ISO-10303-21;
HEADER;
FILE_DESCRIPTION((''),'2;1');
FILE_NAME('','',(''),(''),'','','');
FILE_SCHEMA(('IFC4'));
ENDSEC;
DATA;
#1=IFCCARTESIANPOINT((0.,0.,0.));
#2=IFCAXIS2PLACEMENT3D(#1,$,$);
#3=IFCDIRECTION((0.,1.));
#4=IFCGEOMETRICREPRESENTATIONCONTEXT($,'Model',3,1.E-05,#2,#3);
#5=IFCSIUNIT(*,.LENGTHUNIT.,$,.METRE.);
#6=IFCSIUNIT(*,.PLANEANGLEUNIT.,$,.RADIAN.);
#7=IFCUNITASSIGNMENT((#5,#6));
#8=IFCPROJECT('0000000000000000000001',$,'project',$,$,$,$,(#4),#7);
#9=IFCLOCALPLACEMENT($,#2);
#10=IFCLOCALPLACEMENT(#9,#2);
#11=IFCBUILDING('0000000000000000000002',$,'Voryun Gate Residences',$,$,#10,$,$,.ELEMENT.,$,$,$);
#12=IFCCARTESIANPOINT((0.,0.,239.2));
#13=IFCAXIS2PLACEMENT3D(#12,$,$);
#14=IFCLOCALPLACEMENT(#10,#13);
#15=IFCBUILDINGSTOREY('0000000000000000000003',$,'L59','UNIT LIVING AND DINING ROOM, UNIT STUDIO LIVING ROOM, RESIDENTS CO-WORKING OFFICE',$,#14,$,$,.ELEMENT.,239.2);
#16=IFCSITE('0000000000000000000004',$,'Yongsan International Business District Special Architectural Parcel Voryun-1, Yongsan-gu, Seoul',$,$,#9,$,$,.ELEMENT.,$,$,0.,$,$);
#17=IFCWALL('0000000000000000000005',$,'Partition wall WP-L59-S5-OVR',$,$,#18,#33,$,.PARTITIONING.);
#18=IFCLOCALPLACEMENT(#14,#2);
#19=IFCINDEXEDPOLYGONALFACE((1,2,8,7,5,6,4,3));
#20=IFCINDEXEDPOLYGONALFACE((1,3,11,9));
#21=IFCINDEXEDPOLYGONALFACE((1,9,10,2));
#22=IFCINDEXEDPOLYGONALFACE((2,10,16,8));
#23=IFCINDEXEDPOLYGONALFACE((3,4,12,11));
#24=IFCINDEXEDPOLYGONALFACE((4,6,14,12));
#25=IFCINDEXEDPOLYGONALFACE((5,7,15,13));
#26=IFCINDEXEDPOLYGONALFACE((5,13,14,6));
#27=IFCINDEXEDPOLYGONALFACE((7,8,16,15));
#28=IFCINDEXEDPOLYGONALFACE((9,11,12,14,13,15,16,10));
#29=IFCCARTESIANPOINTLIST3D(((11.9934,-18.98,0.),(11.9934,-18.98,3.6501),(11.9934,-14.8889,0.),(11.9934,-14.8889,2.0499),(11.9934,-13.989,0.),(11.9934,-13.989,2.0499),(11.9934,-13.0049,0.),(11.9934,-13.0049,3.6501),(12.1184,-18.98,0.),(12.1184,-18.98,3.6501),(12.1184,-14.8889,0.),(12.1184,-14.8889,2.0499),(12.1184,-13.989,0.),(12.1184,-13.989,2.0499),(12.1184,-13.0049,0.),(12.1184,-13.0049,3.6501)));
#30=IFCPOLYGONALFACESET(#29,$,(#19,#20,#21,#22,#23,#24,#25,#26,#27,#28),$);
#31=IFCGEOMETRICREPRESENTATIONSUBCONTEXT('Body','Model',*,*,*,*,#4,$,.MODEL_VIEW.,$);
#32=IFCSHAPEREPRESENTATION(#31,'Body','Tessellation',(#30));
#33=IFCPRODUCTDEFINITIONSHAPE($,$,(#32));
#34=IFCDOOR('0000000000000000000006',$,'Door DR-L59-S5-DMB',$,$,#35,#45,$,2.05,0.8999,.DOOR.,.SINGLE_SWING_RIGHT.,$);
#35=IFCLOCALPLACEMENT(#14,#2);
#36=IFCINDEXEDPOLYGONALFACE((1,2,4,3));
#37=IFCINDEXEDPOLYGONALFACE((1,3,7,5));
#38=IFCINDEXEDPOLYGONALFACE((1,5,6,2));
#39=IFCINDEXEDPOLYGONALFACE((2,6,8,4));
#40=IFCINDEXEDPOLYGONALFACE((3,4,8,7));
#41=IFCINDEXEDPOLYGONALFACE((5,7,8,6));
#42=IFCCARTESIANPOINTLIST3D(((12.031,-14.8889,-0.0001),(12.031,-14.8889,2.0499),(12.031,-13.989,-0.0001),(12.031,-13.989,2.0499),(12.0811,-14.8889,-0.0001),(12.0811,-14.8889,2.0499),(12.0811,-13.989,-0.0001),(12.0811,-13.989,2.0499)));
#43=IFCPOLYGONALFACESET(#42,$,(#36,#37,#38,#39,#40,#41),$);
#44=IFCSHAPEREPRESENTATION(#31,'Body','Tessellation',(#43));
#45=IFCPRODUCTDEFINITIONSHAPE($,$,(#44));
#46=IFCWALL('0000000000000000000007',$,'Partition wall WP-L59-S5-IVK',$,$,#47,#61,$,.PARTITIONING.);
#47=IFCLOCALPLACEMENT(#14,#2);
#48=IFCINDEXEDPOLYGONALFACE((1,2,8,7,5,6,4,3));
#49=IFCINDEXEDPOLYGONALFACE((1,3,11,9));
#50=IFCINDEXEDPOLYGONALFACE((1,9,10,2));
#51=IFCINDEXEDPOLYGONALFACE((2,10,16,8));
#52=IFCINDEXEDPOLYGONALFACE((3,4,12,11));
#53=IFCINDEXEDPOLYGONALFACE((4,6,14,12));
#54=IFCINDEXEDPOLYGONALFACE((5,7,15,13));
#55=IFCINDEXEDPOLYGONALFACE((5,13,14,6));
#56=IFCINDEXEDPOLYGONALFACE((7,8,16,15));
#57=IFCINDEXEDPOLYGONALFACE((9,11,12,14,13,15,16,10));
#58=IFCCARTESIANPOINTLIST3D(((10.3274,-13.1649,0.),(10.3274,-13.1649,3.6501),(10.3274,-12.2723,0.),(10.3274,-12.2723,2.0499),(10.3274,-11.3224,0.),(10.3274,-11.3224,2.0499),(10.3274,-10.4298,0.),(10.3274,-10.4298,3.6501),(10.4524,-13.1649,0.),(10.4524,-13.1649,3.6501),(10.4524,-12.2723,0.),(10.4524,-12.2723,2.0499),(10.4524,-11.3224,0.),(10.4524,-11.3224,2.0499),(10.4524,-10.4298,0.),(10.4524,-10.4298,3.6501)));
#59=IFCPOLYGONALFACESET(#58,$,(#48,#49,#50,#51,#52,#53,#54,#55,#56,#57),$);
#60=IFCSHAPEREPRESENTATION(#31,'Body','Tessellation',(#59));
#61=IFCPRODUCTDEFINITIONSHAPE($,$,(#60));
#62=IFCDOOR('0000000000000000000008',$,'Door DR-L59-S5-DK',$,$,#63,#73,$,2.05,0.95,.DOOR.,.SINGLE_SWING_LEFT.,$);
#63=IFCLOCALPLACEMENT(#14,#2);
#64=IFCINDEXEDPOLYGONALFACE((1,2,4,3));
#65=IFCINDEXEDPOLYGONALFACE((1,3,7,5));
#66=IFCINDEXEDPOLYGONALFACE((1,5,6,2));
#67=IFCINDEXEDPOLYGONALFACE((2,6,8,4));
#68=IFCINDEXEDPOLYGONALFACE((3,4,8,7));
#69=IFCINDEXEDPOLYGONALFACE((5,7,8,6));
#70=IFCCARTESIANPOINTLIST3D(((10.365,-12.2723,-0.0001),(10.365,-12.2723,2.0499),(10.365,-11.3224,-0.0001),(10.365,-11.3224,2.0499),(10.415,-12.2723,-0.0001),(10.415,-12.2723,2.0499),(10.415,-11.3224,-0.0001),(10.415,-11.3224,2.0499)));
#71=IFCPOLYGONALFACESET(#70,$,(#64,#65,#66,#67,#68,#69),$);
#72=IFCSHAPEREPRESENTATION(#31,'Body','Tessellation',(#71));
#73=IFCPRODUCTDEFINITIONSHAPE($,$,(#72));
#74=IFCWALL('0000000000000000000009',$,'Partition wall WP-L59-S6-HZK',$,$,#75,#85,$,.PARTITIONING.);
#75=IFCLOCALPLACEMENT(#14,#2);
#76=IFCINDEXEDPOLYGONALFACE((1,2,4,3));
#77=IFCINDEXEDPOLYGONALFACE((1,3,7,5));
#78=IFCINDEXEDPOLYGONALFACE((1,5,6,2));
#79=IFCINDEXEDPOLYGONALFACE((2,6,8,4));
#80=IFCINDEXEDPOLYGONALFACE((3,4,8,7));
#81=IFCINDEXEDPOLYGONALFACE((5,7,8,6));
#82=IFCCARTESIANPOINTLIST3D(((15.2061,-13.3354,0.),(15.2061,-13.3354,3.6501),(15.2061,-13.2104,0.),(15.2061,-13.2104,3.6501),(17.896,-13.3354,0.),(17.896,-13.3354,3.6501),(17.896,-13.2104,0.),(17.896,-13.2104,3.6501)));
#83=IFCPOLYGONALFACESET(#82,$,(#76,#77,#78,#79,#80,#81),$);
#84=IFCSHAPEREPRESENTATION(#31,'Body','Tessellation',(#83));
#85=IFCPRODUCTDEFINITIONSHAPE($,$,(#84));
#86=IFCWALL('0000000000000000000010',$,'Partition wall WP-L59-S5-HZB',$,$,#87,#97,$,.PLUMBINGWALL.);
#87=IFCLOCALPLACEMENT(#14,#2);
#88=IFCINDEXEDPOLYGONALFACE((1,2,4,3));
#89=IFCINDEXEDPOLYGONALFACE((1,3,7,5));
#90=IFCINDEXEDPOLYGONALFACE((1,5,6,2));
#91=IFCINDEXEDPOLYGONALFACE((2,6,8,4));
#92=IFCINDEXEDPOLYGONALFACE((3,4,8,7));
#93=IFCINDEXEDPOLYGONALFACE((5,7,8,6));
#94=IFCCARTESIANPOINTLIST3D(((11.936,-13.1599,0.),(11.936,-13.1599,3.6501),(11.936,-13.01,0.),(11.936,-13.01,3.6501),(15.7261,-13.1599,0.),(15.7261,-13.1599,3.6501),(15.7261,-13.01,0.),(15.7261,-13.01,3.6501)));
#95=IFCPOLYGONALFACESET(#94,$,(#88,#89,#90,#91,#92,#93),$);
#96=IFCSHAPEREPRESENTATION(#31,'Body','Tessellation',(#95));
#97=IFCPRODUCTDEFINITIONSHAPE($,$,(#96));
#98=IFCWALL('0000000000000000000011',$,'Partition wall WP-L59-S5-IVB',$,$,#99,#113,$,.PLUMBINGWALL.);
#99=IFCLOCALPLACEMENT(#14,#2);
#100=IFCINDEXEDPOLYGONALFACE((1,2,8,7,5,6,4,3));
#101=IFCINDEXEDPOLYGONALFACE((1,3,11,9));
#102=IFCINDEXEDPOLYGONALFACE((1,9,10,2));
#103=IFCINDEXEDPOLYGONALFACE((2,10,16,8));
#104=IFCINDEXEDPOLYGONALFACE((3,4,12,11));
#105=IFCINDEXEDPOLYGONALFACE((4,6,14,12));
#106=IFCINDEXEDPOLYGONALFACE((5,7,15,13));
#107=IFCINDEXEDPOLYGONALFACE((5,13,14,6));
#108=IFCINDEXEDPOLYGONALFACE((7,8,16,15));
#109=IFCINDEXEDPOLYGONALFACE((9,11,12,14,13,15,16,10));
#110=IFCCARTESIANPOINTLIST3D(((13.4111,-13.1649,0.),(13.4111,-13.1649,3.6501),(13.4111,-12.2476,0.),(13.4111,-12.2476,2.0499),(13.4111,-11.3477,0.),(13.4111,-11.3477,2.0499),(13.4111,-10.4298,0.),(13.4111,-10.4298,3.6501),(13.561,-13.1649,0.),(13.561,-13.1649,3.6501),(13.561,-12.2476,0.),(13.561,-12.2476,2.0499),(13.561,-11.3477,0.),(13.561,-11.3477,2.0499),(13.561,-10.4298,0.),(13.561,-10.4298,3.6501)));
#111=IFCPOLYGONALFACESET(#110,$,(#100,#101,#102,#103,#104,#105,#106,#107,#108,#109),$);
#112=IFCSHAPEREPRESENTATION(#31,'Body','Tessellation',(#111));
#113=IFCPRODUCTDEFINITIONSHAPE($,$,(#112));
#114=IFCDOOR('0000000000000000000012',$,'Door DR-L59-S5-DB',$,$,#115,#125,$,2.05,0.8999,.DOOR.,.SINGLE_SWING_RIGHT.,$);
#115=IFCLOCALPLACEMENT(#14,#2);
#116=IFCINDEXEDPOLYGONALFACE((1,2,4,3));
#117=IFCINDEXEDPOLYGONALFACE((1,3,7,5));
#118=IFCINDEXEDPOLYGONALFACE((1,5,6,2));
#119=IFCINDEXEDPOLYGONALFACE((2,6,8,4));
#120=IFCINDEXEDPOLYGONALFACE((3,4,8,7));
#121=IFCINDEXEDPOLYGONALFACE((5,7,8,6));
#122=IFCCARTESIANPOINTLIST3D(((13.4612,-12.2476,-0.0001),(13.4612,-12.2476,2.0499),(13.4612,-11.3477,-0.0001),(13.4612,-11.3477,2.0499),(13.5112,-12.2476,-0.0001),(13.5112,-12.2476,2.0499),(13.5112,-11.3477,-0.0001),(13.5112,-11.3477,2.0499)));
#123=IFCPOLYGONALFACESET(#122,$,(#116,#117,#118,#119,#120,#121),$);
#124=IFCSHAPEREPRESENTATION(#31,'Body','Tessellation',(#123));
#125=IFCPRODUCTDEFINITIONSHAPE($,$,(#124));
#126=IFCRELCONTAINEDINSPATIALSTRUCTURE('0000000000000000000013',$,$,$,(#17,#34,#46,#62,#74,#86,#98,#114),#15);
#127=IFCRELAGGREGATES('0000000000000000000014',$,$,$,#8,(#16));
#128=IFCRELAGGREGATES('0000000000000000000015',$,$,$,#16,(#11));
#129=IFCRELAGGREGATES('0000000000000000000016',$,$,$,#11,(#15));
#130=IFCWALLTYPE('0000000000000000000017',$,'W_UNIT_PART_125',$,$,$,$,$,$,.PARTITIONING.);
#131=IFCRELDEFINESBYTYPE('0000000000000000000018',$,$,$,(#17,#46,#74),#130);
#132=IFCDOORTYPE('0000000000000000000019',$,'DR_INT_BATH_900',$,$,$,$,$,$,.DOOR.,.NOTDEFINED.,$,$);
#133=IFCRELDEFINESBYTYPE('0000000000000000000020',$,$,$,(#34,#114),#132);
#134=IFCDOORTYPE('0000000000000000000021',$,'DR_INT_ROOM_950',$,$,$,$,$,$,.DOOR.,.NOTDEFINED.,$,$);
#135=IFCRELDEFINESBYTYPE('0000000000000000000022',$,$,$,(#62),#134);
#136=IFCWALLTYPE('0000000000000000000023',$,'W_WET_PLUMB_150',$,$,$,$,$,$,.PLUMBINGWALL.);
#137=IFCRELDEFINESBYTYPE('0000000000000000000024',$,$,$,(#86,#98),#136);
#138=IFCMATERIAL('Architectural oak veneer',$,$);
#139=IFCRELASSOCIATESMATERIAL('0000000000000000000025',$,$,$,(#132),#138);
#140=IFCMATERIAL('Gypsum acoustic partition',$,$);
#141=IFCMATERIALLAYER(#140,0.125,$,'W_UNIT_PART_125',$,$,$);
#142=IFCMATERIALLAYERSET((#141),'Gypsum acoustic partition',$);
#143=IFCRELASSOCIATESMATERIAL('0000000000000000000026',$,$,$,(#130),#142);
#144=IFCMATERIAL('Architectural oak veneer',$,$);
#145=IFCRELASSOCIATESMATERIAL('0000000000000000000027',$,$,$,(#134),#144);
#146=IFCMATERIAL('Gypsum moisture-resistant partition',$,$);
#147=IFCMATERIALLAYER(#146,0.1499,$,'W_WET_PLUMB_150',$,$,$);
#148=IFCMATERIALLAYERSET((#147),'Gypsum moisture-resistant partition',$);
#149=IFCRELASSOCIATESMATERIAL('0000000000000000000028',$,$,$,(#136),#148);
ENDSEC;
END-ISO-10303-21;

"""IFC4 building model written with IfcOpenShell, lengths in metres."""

from ifc_helpers import new_model, si_unit, direction, frame, frame_2d, origin, place, context, subcontext, project, spatial, rectangle, extrude, material, layer, layer_set, type_object, element, fill, save


model = new_model("IFC4")

# Units and contexts
model_context = context("Model", 3, precision=1e-05, world=origin(), true_north=direction((0.0, 1.0)))
body_context = subcontext(model_context, "Body", "Model", "MODEL_VIEW")
ifc_project = project(units=[si_unit("LENGTHUNIT", "METRE"), si_unit("PLANEANGLEUNIT", "RADIAN")], contexts=[model_context])

# Site, building, storey
site_placement = place(None, origin())
site = spatial("IfcSite", under=ifc_project, at=site_placement, Name="Yongsan International Business District Special Architectural Parcel Voryun-1, Yongsan-gu, Seoul", CompositionType="ELEMENT", RefElevation=0.0)
building_placement = place(site_placement, origin())
building = spatial("IfcBuilding", under=site, at=building_placement, Name="Voryun Gate Residences", CompositionType="ELEMENT")
storey_placement = place(building_placement, frame((0.0, 0.0, 239.2)))
storey = spatial("IfcBuildingStorey", under=building, at=storey_placement, Name="L59", Description="UNIT LIVING AND DINING ROOM, UNIT STUDIO LIVING ROOM, RESIDENTS CO-WORKING OFFICE", CompositionType="ELEMENT", Elevation=239.2)

# Shared definitions
ifc_material_1 = material(Name="Architectural oak veneer")
door_type_1 = type_object("IfcDoorType", Name="DR_INT_BATH_900", OperationType="NOTDEFINED", PredefinedType="DOOR", material=ifc_material_1)

# Walls, openings, doors
ifc_material_2 = material(Name="Gypsum acoustic partition")
ifc_layer_1 = layer(ifc_material_2, 0.125, Name="W_UNIT_PART_125")
ifc_layer_set_1 = layer_set([ifc_layer_1], Name="Gypsum acoustic partition")
wall_type_1 = type_object("IfcWallType", Name="W_UNIT_PART_125", PredefinedType="PARTITIONING", material=ifc_layer_set_1)
wall_1_placement = place(storey_placement, frame((12.0559, -18.98, 0.0), z_axis=(0.0, 0.0, 1.0), x_axis=(0.0, 1.0, 0.0)))
wall_1 = element("IfcWall", 1, at=wall_1_placement, inside=storey, type_object=wall_type_1, Name="Partition wall WP-L59-S5-OVR", PredefinedType="PARTITIONING", context=body_context, shape_type="SweptSolid", body=[
    extrude(rectangle(XDim=5.9751, YDim=0.125, at=frame_2d((2.9875, 0.0))), origin(), (0.0, 0.0, 1.0), 3.6501),
])
opening_1_placement = place(wall_1_placement, frame((4.0911, 0.0, 0.0)))
opening_1 = element("IfcOpeningElement", 2, at=opening_1_placement, cuts=wall_1, PredefinedType="OPENING", context=body_context, shape_type="SweptSolid", body=[
    extrude(rectangle(XDim=0.8999, YDim=2.05, at=frame_2d((0.45, 1.0249))), frame((0.0, 0.0725, 0.0), z_axis=(0.0, -1.0, 0.0), x_axis=(1.0, 0.0, 0.0)), (0.0, 0.0, 1.0), 0.145),
])
door_1_placement = place(opening_1_placement, origin())
door_1 = element("IfcDoor", 3, at=door_1_placement, inside=storey, type_object=door_type_1, Name="Door DR-L59-S5-DMB", OperationType="SINGLE_SWING_RIGHT", OverallHeight=2.05, OverallWidth=0.8999, PredefinedType="DOOR", context=body_context, shape_type="SweptSolid", body=[
    extrude(rectangle(XDim=0.8999, YDim=2.05, at=frame_2d((0.45, 1.0249))), frame((0.0, 0.0249, 0.0), z_axis=(0.0, -1.0, 0.0), x_axis=(1.0, 0.0, 0.0)), (0.0, 0.0, 1.0), 0.05),
])
fill(opening_1, door_1)
wall_2_placement = place(storey_placement, frame((10.3899, -13.165, 0.0), z_axis=(0.0, 0.0, 1.0), x_axis=(0.0, 1.0, 0.0)))
wall_2 = element("IfcWall", 4, at=wall_2_placement, inside=storey, type_object=wall_type_1, Name="Partition wall WP-L59-S5-IVK", PredefinedType="PARTITIONING", context=body_context, shape_type="SweptSolid", body=[
    extrude(rectangle(XDim=2.7351, YDim=0.125, at=frame_2d((1.3677, 0.0))), origin(), (0.0, 0.0, 1.0), 3.6501),
])
opening_2_placement = place(wall_2_placement, frame((0.8926, 0.0, 0.0)))
opening_2 = element("IfcOpeningElement", 5, at=opening_2_placement, cuts=wall_2, PredefinedType="OPENING", context=body_context, shape_type="SweptSolid", body=[
    extrude(rectangle(XDim=0.95, YDim=2.05, at=frame_2d((0.4751, 1.0249))), frame((0.0, 0.0725, 0.0), z_axis=(0.0, -1.0, 0.0), x_axis=(1.0, 0.0, 0.0)), (0.0, 0.0, 1.0), 0.145),
])
ifc_material_3 = material(Name="Architectural oak veneer")
door_type_2 = type_object("IfcDoorType", Name="DR_INT_ROOM_950", OperationType="NOTDEFINED", PredefinedType="DOOR", material=ifc_material_3)
door_2_placement = place(opening_2_placement, origin())
door_2 = element("IfcDoor", 6, at=door_2_placement, inside=storey, type_object=door_type_2, Name="Door DR-L59-S5-DK", OperationType="SINGLE_SWING_LEFT", OverallHeight=2.05, OverallWidth=0.95, PredefinedType="DOOR", context=body_context, shape_type="SweptSolid", body=[
    extrude(rectangle(XDim=0.95, YDim=2.05, at=frame_2d((0.4751, 1.0249))), frame((0.0, 0.0249, 0.0), z_axis=(0.0, -1.0, 0.0), x_axis=(1.0, 0.0, 0.0)), (0.0, 0.0, 1.0), 0.05),
])
fill(opening_2, door_2)

# Walls
wall_3_placement = place(storey_placement, frame((15.2061, -13.2729, 0.0), z_axis=(0.0, 0.0, 1.0), x_axis=(1.0, 0.0, 0.0)))
element("IfcWall", 7, at=wall_3_placement, inside=storey, type_object=wall_type_1, Name="Partition wall WP-L59-S6-HZK", PredefinedType="PARTITIONING", context=body_context, shape_type="SweptSolid", body=[
    extrude(rectangle(XDim=2.6899, YDim=0.125, at=frame_2d((1.345, 0.0))), origin(), (0.0, 0.0, 1.0), 3.6501),
])
ifc_material_4 = material(Name="Gypsum moisture-resistant partition")
ifc_layer_2 = layer(ifc_material_4, 0.1499, Name="W_WET_PLUMB_150")
ifc_layer_set_2 = layer_set([ifc_layer_2], Name="Gypsum moisture-resistant partition")
wall_type_2 = type_object("IfcWallType", Name="W_WET_PLUMB_150", PredefinedType="PLUMBINGWALL", material=ifc_layer_set_2)
wall_4_placement = place(storey_placement, frame((11.936, -13.085, 0.0), z_axis=(0.0, 0.0, 1.0), x_axis=(1.0, 0.0, 0.0)))
element("IfcWall", 8, at=wall_4_placement, inside=storey, type_object=wall_type_2, Name="Partition wall WP-L59-S5-HZB", PredefinedType="PLUMBINGWALL", context=body_context, shape_type="SweptSolid", body=[
    extrude(rectangle(XDim=3.79, YDim=0.1499, at=frame_2d((1.895, 0.0))), origin(), (0.0, 0.0, 1.0), 3.6501),
])

# Wall, opening, door
wall_5_placement = place(storey_placement, frame((13.4861, -13.165, 0.0), z_axis=(0.0, 0.0, 1.0), x_axis=(0.0, 1.0, 0.0)))
wall_5 = element("IfcWall", 9, at=wall_5_placement, inside=storey, type_object=wall_type_2, Name="Partition wall WP-L59-S5-IVB", PredefinedType="PLUMBINGWALL", context=body_context, shape_type="SweptSolid", body=[
    extrude(rectangle(XDim=2.7351, YDim=0.1499, at=frame_2d((1.3677, 0.0))), origin(), (0.0, 0.0, 1.0), 3.6501),
])
opening_3_placement = place(wall_5_placement, frame((0.9175, 0.0, 0.0)))
opening_3 = element("IfcOpeningElement", 10, at=opening_3_placement, cuts=wall_5, PredefinedType="OPENING", context=body_context, shape_type="SweptSolid", body=[
    extrude(rectangle(XDim=0.8999, YDim=2.05, at=frame_2d((0.45, 1.0249))), frame((0.0, 0.085, 0.0), z_axis=(0.0, -1.0, 0.0), x_axis=(1.0, 0.0, 0.0)), (0.0, 0.0, 1.0), 0.1699),
])
door_3_placement = place(opening_3_placement, origin())
door_3 = element("IfcDoor", 11, at=door_3_placement, inside=storey, type_object=door_type_1, Name="Door DR-L59-S5-DB", OperationType="SINGLE_SWING_RIGHT", OverallHeight=2.05, OverallWidth=0.8999, PredefinedType="DOOR", context=body_context, shape_type="SweptSolid", body=[
    extrude(rectangle(XDim=0.8999, YDim=2.05, at=frame_2d((0.45, 1.0249))), frame((0.0, 0.0249, 0.0), z_axis=(0.0, -1.0, 0.0), x_axis=(1.0, 0.0, 0.0)), (0.0, 0.0, 1.0), 0.05),
])
fill(opening_3, door_3)

save(model, "model.ifc")
